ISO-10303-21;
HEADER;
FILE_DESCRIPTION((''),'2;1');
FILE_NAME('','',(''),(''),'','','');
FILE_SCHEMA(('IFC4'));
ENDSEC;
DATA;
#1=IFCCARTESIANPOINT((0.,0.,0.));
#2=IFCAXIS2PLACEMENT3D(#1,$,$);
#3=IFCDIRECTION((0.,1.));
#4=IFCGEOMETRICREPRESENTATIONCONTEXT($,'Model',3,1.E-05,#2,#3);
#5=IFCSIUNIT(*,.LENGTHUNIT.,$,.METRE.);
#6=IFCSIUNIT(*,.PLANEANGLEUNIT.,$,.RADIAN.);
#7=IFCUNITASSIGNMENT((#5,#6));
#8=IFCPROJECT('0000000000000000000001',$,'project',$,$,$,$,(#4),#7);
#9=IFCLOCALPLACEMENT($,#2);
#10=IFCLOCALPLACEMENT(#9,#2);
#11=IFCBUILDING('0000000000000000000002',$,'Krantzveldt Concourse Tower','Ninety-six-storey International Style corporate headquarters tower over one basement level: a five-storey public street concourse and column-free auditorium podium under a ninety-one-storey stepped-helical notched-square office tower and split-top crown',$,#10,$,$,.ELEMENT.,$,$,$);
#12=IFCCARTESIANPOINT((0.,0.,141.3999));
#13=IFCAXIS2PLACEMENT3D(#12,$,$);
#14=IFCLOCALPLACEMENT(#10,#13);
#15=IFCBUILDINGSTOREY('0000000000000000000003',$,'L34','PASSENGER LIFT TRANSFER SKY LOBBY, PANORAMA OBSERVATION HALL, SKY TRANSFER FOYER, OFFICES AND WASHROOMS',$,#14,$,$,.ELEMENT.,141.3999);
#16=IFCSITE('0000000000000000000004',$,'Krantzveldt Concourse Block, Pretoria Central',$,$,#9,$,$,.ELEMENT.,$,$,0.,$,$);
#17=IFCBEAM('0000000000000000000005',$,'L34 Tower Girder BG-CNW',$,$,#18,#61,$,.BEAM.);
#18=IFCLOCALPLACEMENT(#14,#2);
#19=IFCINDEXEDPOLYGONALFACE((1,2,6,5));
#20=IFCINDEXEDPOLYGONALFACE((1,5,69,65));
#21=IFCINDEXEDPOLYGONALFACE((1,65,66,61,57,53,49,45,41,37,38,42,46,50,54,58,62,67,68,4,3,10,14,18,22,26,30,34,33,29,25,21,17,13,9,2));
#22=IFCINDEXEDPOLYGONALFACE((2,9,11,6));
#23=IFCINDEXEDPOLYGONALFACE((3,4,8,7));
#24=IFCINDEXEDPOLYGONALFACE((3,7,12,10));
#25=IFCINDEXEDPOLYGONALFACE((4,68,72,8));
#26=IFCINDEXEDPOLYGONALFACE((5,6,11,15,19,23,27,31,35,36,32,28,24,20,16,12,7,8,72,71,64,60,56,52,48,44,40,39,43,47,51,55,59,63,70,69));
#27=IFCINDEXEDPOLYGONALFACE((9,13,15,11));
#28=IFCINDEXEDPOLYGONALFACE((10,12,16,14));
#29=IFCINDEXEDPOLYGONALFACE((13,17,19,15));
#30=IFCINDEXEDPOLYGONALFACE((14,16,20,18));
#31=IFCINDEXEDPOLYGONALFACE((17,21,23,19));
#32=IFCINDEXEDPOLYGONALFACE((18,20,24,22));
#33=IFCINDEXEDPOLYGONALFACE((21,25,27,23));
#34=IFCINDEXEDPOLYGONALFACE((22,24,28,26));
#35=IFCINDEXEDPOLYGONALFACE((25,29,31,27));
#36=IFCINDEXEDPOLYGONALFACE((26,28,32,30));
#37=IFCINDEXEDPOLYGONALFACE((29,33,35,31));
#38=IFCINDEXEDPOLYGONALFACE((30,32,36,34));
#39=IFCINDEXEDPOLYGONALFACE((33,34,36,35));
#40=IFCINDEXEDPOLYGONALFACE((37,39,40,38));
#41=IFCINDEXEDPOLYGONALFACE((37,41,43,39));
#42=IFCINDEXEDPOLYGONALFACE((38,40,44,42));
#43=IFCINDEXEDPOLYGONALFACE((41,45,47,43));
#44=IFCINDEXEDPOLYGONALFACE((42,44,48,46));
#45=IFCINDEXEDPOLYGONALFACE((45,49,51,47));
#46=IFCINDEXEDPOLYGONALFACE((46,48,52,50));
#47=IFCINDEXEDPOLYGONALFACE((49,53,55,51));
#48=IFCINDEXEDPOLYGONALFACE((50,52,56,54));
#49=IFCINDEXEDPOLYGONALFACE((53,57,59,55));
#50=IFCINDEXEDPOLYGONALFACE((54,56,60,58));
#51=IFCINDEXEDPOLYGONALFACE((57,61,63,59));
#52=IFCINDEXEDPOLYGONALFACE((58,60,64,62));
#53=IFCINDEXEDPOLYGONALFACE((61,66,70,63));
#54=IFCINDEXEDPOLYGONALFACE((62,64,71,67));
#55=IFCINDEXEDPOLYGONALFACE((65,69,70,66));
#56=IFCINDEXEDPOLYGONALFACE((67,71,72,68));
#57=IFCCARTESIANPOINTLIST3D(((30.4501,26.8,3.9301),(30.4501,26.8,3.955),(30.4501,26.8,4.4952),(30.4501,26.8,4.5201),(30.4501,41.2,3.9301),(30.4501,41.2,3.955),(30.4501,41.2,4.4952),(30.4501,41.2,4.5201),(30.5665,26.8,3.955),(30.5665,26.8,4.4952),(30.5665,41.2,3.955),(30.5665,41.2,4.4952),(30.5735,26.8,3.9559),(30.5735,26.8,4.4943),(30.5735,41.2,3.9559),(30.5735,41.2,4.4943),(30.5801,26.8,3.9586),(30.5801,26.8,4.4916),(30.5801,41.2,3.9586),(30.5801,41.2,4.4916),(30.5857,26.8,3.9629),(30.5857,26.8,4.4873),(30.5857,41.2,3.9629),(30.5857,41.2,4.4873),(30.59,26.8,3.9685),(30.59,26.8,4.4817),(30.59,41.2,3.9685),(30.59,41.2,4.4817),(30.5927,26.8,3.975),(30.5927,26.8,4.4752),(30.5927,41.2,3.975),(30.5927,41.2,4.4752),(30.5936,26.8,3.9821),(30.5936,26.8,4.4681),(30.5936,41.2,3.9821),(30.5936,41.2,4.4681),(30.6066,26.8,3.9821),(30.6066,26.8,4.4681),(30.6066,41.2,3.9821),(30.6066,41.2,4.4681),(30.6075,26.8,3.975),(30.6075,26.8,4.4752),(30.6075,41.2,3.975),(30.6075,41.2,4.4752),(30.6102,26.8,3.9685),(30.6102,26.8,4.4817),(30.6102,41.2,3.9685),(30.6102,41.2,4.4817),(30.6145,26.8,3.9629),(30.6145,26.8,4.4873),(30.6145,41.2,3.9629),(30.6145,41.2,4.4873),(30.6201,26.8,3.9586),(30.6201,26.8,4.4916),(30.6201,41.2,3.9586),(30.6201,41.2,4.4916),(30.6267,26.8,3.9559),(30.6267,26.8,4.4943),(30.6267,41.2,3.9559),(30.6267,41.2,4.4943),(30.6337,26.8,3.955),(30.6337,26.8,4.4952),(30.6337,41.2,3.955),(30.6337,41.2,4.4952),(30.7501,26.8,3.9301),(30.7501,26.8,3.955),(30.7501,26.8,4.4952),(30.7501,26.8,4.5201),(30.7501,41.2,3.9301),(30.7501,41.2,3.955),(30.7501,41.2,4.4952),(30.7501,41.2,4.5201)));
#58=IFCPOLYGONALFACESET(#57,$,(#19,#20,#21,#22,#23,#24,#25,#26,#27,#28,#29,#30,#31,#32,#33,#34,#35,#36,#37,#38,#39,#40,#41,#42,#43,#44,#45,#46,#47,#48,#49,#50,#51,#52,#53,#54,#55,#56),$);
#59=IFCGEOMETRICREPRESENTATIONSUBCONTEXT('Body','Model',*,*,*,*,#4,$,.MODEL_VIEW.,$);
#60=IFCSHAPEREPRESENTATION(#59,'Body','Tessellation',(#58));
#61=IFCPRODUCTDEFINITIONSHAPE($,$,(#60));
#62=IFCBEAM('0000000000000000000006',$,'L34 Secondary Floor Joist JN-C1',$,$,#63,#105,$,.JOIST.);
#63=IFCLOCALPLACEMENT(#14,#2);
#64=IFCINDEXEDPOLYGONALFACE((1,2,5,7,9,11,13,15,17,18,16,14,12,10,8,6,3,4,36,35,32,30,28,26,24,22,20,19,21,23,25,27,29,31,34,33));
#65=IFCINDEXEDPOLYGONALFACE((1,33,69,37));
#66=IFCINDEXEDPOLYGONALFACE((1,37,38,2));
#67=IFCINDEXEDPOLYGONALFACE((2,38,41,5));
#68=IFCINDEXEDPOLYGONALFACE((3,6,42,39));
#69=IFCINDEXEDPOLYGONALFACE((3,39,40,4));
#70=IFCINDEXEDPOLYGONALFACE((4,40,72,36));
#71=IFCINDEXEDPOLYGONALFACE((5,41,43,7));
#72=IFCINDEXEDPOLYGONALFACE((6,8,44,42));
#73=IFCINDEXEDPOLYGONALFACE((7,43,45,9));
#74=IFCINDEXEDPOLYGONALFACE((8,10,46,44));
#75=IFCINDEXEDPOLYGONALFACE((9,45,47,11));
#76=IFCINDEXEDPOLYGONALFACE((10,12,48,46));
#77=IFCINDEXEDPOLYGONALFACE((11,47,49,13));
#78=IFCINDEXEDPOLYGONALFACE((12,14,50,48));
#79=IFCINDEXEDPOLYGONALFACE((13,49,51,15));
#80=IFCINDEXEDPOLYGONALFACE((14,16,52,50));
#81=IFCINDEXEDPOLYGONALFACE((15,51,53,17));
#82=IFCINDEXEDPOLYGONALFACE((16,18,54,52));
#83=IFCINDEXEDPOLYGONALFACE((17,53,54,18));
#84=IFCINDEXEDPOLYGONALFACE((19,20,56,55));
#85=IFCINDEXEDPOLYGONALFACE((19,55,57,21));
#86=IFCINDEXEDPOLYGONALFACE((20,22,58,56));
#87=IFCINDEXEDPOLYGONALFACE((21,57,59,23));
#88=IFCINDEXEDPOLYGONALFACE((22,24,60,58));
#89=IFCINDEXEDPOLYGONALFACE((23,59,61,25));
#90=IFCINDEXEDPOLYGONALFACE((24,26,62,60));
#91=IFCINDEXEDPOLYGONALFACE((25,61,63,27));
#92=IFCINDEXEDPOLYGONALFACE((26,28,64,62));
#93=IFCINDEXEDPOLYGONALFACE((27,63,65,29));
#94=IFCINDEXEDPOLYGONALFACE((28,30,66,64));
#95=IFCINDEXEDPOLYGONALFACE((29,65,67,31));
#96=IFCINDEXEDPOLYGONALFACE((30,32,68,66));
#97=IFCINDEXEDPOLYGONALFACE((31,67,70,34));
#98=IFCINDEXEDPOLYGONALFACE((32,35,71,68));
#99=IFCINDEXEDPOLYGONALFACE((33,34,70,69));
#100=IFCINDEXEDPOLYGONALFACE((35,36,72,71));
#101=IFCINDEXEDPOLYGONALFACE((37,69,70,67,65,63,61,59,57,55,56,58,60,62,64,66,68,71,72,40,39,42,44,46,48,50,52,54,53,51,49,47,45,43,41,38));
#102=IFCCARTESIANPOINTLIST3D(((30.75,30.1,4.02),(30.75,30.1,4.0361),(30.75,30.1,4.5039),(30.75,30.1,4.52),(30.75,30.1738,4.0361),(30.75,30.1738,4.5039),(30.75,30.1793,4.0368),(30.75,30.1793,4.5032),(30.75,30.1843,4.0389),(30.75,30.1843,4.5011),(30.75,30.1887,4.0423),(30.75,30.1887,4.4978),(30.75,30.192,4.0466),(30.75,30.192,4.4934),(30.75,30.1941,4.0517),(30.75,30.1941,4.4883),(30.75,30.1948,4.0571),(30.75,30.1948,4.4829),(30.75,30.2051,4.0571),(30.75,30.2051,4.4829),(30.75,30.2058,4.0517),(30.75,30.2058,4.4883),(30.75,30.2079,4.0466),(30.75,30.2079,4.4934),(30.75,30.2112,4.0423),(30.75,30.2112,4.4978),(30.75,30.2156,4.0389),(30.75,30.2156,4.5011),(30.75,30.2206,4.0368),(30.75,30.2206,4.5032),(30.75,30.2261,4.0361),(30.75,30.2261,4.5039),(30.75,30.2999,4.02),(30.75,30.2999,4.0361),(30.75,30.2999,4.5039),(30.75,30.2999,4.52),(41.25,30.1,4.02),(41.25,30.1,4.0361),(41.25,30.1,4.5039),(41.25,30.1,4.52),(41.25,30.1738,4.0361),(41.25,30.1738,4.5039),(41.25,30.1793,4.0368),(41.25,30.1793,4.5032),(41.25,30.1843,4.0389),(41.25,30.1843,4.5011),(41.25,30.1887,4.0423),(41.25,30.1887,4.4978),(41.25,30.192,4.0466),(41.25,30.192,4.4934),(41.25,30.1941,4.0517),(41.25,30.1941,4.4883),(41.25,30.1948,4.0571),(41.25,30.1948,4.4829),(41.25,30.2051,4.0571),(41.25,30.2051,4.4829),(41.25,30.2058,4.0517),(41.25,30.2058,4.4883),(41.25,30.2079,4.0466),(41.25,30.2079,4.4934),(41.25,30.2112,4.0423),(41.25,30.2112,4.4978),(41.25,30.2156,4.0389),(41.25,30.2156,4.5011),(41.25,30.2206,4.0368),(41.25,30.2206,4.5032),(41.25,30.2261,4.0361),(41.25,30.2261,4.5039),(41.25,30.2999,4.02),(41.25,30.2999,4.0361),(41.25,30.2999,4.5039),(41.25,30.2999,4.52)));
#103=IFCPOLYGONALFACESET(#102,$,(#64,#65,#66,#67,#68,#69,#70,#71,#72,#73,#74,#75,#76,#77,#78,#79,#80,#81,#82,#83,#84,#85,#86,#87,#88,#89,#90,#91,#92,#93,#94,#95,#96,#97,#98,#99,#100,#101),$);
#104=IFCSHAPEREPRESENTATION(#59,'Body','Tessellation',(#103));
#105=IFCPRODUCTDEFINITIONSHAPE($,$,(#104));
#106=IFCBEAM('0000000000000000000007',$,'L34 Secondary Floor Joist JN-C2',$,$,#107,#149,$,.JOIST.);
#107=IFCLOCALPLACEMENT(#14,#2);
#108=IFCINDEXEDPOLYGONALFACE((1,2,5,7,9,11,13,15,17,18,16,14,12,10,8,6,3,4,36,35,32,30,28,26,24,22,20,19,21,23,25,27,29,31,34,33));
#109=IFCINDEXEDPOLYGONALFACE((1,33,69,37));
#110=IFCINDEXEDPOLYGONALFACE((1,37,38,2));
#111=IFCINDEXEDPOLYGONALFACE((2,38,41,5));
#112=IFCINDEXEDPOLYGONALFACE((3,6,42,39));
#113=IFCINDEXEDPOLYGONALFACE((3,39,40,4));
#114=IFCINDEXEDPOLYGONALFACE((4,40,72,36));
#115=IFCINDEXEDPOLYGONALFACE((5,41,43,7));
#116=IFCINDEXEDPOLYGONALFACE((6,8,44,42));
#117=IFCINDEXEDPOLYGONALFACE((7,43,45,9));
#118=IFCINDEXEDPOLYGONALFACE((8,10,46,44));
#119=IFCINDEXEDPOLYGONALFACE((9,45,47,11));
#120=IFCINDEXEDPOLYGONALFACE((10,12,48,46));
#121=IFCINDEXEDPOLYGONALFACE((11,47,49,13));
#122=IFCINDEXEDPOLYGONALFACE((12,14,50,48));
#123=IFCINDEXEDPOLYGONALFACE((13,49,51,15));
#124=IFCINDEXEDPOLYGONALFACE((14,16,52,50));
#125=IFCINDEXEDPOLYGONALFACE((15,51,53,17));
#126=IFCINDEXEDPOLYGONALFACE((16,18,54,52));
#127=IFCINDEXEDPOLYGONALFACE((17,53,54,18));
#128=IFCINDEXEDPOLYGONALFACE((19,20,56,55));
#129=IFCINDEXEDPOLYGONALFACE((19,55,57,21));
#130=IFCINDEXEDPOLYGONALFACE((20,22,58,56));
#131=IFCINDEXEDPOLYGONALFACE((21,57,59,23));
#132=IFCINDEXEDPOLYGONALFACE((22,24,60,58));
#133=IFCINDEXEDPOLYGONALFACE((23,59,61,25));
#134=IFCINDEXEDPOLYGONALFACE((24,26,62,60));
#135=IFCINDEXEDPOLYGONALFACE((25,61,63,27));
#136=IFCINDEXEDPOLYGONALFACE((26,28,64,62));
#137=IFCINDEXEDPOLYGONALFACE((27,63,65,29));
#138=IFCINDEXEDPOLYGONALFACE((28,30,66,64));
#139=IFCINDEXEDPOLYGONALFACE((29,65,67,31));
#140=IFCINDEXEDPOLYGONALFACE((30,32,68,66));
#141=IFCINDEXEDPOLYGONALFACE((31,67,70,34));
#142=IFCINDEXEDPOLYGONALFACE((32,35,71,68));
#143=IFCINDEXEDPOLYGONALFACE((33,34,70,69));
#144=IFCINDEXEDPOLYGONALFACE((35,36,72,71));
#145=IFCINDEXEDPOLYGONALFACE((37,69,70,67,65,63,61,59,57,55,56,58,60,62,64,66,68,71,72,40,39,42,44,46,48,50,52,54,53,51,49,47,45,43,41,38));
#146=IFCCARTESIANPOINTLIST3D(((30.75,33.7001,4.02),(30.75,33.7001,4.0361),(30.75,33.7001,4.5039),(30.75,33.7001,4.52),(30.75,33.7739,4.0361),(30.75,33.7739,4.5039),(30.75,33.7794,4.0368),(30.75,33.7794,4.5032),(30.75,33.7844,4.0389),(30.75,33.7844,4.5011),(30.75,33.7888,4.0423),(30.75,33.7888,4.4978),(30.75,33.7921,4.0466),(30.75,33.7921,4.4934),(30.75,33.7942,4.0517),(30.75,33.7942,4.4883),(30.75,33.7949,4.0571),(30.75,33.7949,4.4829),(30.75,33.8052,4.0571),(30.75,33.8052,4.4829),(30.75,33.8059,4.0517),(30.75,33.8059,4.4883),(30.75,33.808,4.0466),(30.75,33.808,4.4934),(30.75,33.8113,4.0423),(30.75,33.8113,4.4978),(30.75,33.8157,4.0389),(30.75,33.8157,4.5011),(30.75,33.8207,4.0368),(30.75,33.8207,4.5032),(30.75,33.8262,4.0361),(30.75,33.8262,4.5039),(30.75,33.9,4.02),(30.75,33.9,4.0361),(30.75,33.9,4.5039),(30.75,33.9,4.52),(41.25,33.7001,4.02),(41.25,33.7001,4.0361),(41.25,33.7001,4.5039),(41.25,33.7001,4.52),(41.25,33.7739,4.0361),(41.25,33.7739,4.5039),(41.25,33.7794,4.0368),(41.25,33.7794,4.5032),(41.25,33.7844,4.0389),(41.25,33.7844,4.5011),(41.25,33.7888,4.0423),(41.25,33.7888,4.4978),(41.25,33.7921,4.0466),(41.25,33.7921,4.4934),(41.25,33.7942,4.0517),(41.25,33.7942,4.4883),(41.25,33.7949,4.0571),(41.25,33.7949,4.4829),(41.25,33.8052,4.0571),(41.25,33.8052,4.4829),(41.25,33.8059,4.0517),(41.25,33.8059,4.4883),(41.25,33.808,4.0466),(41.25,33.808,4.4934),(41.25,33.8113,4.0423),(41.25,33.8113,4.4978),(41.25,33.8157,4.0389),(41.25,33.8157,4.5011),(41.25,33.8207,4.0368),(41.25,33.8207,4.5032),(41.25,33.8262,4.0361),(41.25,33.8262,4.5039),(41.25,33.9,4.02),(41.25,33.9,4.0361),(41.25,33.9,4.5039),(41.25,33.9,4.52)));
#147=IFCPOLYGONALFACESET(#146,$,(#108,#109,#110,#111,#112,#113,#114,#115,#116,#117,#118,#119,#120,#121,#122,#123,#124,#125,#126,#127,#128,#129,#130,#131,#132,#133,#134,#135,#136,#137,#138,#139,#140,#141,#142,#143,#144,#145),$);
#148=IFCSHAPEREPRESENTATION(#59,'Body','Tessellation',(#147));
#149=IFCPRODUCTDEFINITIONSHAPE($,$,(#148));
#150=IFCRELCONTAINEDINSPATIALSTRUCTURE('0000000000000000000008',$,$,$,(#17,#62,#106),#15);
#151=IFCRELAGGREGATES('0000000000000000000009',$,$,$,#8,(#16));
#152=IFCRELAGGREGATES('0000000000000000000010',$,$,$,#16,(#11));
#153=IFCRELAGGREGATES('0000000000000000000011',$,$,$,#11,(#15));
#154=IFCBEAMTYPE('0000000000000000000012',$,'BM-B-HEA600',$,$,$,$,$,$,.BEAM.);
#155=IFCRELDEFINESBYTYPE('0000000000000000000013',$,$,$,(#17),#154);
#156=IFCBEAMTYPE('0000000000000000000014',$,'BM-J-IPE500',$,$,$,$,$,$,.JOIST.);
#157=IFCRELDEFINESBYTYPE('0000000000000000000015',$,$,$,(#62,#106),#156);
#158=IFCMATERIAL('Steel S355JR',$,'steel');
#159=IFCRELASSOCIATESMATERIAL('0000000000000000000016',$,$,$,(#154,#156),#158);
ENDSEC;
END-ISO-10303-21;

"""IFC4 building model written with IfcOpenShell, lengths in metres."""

from ifc_helpers import new_model, si_unit, direction, frame, origin, origin_2d, place, context, subcontext, project, spatial, i_section, extrude, source, transform, mapped, material, material_profile, profile_set, type_object, type_shapes, element, save


model = new_model("IFC4")

# Units and contexts
model_context = context("Model", 3, precision=1e-05, world=origin(), true_north=direction((0.0, 1.0)))
body_context = subcontext(model_context, "Body", "Model", "MODEL_VIEW")
ifc_project = project(units=[si_unit("LENGTHUNIT", "METRE"), si_unit("PLANEANGLEUNIT", "RADIAN")], contexts=[model_context])

# Site, building, storey
site_placement = place(None, origin())
site = spatial("IfcSite", under=ifc_project, at=site_placement, Name="Krantzveldt Concourse Block, Pretoria Central", CompositionType="ELEMENT", RefElevation=0.0)
building_placement = place(site_placement, origin())
building = spatial("IfcBuilding", under=site, at=building_placement, Name="Krantzveldt Concourse Tower", Description="Ninety-six-storey International Style corporate headquarters tower over one basement level: a five-storey public street concourse and column-free auditorium podium under a ninety-one-storey stepped-helical notched-square office tower and split-top crown", CompositionType="ELEMENT")
storey_placement = place(building_placement, frame((0.0, 0.0, 141.3999)))
storey = spatial("IfcBuildingStorey", under=building, at=storey_placement, Name="L34", Description="PASSENGER LIFT TRANSFER SKY LOBBY, PANORAMA OBSERVATION HALL, SKY TRANSFER FOYER, OFFICES AND WASHROOMS", CompositionType="ELEMENT", Elevation=141.3999)

# Beams
ifc_material_1 = material(Name="Steel S355JR", Category="steel")
ifc_material_profile_1 = material_profile(ifc_material_1, i_section(OverallWidth=0.3, OverallDepth=0.5901, WebThickness=0.0129, FlangeThickness=0.0249, FilletRadius=0.0271, at=origin_2d()), Name="Steel S355JR", Category="steel")
ifc_profile_set_1 = profile_set([ifc_material_profile_1], Name="Steel S355JR - HEA 600")
beam_type_1 = type_object("IfcBeamType", Name="BM-B-HEA600", PredefinedType="BEAM", material=ifc_profile_set_1)
shared_shape_1 = source(origin(), body_context, "Body", "SweptSolid", [
    extrude(i_section(OverallWidth=0.3, OverallDepth=0.5901, WebThickness=0.0129, FlangeThickness=0.0249, FilletRadius=0.0271, at=origin_2d()), origin(), (0.0, 0.0, 1.0), 14.3999),
])
type_shapes(beam_type_1, [shared_shape_1])
beam_placement = place(storey_placement, frame((30.6001, 26.8, 4.2251), z_axis=(0.0, 1.0, 0.0), x_axis=(-1.0, 0.0, 0.0)))
element("IfcBeam", 1, at=beam_placement, inside=storey, type_object=beam_type_1, Name="L34 Tower Girder BG-CNW", PredefinedType="BEAM", context=body_context, shape_type="MappedRepresentation", body=[
    mapped(shared_shape_1, transform((0.0, 0.0, 0.0), x_axis=(1.0, 0.0, 0.0), y_axis=(0.0, 1.0, 0.0), z_axis=(0.0, 0.0, 1.0), scale=1.0)),
])
ifc_material_profile_2 = material_profile(ifc_material_1, i_section(OverallWidth=0.2, OverallDepth=0.5, WebThickness=0.0103, FlangeThickness=0.0161, FilletRadius=0.021, at=origin_2d()), Name="Steel S355JR", Category="steel")
ifc_profile_set_2 = profile_set([ifc_material_profile_2], Name="Steel S355JR - IPE 500")
beam_type_2 = type_object("IfcBeamType", Name="BM-J-IPE500", PredefinedType="JOIST", material=ifc_profile_set_2)
shared_shape_2 = source(origin(), body_context, "Body", "SweptSolid", [
    extrude(i_section(OverallWidth=0.2, OverallDepth=0.5, WebThickness=0.0103, FlangeThickness=0.0161, FilletRadius=0.021, at=origin_2d()), origin(), (0.0, 0.0, 1.0), 10.5),
])
type_shapes(beam_type_2, [shared_shape_2])
for number, where, z_axis, x_axis, name in (
    (2, (30.75, 30.2, 4.27), (1.0, 0.0, 0.0), (0.0, 1.0, 0.0), "L34 Secondary Floor Joist JN-C1"),
    (3, (30.75, 33.8, 4.27), (1.0, 0.0, 0.0), (0.0, 1.0, 0.0), "L34 Secondary Floor Joist JN-C2"),
):
    element("IfcBeam", number, at=place(storey_placement, frame(where, z_axis=z_axis, x_axis=x_axis)), inside=storey, type_object=beam_type_2, Name=name, PredefinedType="JOIST", context=body_context, shape_type="MappedRepresentation", body=[
        mapped(shared_shape_2, transform((0.0, 0.0, 0.0), x_axis=(1.0, 0.0, 0.0), y_axis=(0.0, 1.0, 0.0), z_axis=(0.0, 0.0, 1.0), scale=1.0)),
    ])

save(model, "model.ifc")
